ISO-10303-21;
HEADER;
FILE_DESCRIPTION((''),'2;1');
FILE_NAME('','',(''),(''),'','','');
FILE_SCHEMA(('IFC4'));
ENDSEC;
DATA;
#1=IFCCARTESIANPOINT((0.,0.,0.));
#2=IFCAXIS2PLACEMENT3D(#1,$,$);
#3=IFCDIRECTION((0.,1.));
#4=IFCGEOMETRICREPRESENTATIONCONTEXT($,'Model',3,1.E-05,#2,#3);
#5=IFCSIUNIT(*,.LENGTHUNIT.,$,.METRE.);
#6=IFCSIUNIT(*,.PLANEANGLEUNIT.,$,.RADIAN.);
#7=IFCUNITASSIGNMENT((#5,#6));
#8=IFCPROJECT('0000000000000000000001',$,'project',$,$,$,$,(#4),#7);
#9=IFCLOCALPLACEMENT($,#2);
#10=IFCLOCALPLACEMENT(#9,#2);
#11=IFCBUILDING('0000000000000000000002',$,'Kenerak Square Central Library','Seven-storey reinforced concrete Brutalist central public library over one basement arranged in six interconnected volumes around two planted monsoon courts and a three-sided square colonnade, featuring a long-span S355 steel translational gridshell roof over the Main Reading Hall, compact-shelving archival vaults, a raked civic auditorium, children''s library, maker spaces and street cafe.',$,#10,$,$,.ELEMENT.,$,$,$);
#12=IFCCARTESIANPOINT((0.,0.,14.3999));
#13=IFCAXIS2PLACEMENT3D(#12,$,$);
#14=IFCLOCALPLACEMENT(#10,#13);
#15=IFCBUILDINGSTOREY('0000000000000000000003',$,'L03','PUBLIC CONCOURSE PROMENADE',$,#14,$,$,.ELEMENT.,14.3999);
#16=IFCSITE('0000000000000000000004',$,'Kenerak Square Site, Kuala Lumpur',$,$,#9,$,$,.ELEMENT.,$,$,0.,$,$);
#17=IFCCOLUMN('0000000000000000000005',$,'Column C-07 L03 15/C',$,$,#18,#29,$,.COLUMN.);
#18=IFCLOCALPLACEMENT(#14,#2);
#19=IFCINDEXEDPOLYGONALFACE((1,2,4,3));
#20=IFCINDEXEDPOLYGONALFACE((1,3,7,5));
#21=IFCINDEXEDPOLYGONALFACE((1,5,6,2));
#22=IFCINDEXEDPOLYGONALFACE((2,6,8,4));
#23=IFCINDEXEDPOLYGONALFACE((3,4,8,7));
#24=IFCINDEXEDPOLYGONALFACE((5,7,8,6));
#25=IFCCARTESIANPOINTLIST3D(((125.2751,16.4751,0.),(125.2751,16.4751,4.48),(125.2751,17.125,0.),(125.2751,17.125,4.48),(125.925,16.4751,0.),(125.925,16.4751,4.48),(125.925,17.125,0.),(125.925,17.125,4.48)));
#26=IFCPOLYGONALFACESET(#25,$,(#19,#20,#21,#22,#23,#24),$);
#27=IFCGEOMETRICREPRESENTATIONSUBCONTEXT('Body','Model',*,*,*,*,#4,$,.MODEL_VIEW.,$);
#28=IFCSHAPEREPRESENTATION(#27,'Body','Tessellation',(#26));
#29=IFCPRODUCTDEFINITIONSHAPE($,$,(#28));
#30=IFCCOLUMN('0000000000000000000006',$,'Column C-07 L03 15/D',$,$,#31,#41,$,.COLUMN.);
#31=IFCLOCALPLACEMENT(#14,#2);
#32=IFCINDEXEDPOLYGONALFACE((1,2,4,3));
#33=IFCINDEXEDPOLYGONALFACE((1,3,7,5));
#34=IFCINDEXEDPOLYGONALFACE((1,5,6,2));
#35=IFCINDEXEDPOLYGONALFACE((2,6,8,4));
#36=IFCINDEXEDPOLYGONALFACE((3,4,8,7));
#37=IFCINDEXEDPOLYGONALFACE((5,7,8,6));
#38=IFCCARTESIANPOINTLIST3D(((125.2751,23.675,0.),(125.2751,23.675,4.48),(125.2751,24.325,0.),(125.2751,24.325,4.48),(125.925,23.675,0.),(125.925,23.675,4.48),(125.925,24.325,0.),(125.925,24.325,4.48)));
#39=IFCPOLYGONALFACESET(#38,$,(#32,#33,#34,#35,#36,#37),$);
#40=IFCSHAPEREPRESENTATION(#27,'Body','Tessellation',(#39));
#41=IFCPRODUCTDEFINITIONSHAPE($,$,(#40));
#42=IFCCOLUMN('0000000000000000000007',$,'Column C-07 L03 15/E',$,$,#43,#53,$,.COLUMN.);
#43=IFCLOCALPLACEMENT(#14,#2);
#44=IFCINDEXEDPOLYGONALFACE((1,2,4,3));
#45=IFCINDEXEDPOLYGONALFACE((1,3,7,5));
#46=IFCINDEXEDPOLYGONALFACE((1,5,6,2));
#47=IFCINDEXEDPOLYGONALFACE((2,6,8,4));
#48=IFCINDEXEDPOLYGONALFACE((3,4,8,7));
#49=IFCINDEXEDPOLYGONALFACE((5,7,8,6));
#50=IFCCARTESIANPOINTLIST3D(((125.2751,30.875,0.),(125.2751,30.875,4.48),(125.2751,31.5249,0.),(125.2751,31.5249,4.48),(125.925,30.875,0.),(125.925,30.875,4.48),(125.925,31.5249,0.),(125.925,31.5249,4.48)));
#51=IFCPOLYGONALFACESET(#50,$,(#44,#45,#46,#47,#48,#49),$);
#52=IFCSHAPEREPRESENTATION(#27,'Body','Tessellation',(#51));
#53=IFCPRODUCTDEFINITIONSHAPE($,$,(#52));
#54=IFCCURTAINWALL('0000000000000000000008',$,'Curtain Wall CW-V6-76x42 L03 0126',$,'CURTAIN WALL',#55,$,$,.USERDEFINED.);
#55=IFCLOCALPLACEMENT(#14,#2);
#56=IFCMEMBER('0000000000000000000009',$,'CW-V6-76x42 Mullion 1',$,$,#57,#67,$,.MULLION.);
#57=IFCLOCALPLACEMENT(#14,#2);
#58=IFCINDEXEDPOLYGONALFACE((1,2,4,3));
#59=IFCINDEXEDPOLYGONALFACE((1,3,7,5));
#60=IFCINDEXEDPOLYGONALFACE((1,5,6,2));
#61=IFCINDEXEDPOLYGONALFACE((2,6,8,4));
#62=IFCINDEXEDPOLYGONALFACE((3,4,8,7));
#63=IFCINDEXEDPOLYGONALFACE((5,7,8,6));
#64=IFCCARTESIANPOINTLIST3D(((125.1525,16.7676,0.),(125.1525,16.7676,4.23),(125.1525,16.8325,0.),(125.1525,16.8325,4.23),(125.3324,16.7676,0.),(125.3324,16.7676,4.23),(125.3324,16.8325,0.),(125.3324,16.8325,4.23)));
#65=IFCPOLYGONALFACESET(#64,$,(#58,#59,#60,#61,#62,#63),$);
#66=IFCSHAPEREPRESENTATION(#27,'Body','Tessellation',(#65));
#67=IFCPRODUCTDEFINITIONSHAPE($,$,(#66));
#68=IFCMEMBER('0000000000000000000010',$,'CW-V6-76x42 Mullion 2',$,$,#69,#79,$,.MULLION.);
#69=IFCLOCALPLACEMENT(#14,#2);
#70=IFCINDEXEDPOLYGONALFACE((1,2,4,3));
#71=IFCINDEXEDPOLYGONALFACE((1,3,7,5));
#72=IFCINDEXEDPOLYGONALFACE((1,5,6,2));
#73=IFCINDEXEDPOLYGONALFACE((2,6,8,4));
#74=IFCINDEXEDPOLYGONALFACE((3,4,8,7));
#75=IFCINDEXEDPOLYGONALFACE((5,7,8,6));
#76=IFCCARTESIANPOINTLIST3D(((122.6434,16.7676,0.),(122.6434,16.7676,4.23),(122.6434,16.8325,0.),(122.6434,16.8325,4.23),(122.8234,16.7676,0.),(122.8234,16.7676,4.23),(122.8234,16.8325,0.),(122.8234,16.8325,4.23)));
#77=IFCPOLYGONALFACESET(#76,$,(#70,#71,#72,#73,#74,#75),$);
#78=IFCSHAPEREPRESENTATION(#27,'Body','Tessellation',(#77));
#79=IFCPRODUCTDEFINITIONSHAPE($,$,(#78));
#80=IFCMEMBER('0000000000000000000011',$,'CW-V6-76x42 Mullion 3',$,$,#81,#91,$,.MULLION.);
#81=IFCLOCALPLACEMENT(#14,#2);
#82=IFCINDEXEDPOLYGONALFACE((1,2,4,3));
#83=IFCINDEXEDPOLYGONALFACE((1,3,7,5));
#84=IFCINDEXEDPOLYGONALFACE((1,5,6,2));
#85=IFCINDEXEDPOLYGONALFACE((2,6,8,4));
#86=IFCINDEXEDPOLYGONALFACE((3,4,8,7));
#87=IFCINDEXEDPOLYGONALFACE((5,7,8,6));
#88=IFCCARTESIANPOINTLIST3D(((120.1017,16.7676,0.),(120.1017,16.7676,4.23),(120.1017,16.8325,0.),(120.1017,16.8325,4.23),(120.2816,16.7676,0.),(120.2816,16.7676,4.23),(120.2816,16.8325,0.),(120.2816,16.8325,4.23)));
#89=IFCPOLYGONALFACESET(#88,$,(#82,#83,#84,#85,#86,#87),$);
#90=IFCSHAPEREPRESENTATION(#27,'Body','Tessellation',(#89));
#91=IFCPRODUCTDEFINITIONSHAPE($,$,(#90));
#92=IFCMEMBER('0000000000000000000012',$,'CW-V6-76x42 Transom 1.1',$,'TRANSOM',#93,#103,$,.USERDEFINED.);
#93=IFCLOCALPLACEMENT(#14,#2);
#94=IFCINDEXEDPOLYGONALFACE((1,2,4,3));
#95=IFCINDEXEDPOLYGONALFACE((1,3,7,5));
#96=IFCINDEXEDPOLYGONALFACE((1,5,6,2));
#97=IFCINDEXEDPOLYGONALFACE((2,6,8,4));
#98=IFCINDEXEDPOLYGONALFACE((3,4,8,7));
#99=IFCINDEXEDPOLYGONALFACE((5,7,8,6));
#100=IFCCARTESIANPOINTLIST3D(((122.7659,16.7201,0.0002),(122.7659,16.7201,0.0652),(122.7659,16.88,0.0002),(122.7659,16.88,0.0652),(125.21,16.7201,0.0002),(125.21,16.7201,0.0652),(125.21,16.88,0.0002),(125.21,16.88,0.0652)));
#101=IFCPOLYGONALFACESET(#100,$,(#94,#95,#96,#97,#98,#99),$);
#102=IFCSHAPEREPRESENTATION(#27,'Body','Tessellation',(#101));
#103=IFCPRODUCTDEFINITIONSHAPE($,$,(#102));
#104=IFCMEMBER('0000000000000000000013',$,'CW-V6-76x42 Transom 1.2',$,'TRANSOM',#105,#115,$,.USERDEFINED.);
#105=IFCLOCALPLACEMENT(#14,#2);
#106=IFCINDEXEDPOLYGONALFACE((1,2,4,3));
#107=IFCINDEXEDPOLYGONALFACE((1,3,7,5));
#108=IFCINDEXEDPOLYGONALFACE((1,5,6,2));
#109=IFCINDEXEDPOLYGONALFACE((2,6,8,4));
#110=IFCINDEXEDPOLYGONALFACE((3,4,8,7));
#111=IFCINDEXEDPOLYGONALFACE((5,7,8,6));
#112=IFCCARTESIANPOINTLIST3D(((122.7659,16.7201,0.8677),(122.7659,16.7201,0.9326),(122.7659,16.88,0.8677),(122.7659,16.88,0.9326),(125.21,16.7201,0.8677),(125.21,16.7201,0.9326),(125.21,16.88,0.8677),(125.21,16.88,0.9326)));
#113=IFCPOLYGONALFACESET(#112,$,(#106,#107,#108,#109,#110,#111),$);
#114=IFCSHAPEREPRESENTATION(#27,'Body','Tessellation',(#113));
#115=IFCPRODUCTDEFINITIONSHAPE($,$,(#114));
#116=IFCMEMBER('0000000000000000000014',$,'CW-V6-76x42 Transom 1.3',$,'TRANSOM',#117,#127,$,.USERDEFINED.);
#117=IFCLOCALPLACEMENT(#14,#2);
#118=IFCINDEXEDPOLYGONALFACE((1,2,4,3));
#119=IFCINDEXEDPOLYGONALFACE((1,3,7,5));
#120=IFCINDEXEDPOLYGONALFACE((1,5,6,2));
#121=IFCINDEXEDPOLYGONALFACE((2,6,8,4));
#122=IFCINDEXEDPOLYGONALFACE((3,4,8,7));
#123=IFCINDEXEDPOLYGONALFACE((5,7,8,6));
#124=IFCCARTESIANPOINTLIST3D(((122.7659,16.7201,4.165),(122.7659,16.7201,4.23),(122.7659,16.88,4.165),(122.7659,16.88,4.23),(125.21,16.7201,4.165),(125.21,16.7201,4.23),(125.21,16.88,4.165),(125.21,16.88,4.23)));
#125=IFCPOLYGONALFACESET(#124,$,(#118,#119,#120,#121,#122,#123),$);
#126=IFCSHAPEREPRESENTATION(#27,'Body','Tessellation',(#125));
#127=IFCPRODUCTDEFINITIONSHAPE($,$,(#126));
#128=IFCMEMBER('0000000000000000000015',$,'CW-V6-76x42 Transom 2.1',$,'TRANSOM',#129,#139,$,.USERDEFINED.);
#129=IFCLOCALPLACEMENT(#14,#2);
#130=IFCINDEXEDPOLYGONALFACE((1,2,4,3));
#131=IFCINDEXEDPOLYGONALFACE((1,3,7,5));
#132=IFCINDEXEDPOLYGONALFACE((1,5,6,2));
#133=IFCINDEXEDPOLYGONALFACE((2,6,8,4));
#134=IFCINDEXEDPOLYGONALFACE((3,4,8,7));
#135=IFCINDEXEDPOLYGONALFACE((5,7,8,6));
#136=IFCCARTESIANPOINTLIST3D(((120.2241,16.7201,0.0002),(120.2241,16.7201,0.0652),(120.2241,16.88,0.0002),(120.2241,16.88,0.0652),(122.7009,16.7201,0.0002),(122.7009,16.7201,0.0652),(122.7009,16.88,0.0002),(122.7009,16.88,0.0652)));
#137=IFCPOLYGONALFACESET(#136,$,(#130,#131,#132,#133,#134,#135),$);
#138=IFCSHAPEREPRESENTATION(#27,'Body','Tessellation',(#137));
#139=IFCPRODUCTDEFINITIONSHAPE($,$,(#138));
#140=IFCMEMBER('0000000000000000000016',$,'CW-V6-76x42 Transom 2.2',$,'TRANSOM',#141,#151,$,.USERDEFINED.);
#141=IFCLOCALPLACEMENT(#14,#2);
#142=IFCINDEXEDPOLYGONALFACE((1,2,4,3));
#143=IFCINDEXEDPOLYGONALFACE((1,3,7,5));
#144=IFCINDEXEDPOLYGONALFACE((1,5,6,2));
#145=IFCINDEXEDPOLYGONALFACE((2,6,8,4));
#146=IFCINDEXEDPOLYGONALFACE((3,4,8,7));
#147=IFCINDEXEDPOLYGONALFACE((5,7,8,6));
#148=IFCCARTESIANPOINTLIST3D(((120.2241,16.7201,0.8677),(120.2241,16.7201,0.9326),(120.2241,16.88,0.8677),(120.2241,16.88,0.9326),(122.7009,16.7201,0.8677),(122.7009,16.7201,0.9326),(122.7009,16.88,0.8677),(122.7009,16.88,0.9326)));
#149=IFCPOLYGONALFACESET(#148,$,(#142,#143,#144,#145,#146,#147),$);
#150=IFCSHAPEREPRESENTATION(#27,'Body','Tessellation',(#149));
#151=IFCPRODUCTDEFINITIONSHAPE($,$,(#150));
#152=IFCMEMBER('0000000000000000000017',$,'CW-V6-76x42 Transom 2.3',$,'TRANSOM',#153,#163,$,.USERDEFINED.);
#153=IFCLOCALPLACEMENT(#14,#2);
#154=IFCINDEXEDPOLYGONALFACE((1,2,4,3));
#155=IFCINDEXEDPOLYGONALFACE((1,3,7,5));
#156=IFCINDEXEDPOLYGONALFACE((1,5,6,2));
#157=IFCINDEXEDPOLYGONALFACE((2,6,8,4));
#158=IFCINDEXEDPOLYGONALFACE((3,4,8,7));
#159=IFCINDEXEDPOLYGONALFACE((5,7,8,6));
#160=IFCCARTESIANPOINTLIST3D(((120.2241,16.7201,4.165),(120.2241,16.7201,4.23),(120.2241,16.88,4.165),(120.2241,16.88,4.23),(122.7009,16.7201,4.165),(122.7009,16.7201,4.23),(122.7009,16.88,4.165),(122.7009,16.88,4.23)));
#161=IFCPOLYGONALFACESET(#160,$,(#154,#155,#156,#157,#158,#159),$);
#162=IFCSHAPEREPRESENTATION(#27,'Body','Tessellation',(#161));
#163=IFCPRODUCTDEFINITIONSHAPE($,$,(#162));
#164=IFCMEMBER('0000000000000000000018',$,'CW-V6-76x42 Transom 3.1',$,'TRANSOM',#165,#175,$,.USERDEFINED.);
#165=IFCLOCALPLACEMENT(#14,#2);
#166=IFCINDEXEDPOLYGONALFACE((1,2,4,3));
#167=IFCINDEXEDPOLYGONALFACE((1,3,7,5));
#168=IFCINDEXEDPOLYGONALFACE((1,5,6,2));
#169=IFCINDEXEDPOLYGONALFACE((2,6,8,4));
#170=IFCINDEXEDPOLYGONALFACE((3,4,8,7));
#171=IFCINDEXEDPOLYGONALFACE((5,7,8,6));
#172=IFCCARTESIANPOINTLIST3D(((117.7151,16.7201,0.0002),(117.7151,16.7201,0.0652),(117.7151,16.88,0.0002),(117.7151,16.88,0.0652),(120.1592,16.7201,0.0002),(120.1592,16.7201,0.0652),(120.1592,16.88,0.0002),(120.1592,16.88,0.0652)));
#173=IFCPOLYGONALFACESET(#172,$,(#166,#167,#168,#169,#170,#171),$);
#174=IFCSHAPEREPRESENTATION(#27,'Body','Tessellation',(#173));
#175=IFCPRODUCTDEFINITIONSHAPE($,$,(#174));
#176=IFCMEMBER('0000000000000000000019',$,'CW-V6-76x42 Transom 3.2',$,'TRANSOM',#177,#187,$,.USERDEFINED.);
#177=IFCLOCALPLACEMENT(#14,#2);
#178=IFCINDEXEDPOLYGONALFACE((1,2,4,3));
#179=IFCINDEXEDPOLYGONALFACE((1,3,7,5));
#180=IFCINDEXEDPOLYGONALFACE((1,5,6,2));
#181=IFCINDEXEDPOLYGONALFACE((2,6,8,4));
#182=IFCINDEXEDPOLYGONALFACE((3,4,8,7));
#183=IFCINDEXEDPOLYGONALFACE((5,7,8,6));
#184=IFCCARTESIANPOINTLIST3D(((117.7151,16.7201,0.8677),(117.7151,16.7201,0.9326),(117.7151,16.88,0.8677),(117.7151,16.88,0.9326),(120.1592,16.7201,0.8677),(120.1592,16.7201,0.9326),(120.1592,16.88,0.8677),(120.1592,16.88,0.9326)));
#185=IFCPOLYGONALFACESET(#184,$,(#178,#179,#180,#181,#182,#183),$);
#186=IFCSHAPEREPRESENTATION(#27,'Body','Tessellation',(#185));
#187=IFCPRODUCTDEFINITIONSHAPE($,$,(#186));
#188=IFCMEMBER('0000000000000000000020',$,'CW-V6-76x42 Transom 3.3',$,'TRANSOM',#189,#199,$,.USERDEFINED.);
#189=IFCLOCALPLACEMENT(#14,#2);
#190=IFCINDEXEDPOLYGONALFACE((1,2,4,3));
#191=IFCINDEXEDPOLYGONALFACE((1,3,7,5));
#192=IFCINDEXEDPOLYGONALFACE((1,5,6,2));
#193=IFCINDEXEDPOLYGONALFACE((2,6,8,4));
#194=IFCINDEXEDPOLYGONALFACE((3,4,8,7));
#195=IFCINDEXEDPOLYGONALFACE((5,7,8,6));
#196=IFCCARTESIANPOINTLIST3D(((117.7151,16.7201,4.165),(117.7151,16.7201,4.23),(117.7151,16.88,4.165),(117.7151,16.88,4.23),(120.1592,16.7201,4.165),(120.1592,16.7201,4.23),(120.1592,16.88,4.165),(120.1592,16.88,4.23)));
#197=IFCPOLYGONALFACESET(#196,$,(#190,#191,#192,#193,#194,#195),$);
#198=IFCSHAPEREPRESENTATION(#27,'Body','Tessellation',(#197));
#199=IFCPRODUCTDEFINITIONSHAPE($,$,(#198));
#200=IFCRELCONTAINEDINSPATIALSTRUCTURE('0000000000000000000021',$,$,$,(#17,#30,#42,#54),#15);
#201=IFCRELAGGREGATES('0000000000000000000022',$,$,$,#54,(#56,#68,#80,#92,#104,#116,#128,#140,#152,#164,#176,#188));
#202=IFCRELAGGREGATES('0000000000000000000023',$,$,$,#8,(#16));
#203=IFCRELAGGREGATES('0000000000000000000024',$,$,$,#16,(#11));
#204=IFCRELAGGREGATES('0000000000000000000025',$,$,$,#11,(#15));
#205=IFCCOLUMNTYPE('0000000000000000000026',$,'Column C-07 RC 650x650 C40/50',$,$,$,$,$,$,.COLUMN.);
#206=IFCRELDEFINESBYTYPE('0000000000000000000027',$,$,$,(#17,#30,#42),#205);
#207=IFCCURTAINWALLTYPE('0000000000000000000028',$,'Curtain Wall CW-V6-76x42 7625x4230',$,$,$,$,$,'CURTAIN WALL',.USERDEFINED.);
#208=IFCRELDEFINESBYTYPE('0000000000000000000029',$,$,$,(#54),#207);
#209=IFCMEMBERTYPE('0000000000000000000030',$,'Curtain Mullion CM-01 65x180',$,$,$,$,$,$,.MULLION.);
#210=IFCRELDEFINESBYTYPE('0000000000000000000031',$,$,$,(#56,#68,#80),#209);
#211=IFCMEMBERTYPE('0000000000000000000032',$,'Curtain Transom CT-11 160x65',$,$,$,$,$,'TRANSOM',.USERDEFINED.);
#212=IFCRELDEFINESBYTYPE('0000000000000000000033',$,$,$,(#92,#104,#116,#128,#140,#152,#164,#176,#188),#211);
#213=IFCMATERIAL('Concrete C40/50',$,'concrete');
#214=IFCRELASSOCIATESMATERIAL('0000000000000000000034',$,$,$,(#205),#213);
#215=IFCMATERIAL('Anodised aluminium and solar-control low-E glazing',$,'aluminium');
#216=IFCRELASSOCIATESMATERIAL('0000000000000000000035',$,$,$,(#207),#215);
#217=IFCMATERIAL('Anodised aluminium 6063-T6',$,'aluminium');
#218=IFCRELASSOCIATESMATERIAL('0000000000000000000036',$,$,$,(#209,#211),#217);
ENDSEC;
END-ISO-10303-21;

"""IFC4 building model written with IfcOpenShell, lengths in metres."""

from ifc_helpers import new_model, si_unit, direction, frame, origin, origin_2d, place, context, subcontext, project, spatial, rectangle, extrude, material, material_profile, profile_set, type_object, element, aggregate, save


model = new_model("IFC4")

# Units and contexts
model_context = context("Model", 3, precision=1e-05, world=origin(), true_north=direction((0.0, 1.0)))
body_context = subcontext(model_context, "Body", "Model", "MODEL_VIEW")
ifc_project = project(units=[si_unit("LENGTHUNIT", "METRE"), si_unit("PLANEANGLEUNIT", "RADIAN")], contexts=[model_context])

# Site, building, storey
site_placement = place(None, origin())
site = spatial("IfcSite", under=ifc_project, at=site_placement, Name="Kenerak Square Site, Kuala Lumpur", CompositionType="ELEMENT", RefElevation=0.0)
building_placement = place(site_placement, origin())
building = spatial("IfcBuilding", under=site, at=building_placement, Name="Kenerak Square Central Library", Description="Seven-storey reinforced concrete Brutalist central public library over one basement arranged in six interconnected volumes around two planted monsoon courts and a three-sided square colonnade, featuring a long-span S355 steel translational gridshell roof over the Main Reading Hall, compact-shelving archival vaults, a raked civic auditorium, children's library, maker spaces and street cafe.", CompositionType="ELEMENT")
storey_placement = place(building_placement, frame((0.0, 0.0, 14.3999)))
storey = spatial("IfcBuildingStorey", under=building, at=storey_placement, Name="L03", Description="PUBLIC CONCOURSE PROMENADE", CompositionType="ELEMENT", Elevation=14.3999)

# Columns
ifc_material_1 = material(Name="Concrete C40/50", Category="concrete")
ifc_material_profile_1 = material_profile(ifc_material_1, rectangle(XDim=0.6499, YDim=0.6499, at=origin_2d()), Name="RC 650x650")
ifc_profile_set_1 = profile_set([ifc_material_profile_1], Name="Concrete C40/50")
column_type = type_object("IfcColumnType", Name="Column C-07 RC 650x650 C40/50", PredefinedType="COLUMN", material=ifc_profile_set_1)
for number, where, z_axis, x_axis, name in (
    (1, (125.6001, 16.8, 0.0), (0.0, 0.0, 1.0), (1.0, 0.0, 0.0), "Column C-07 L03 15/C"),
    (2, (125.6001, 24.0, 0.0), (0.0, 0.0, 1.0), (1.0, 0.0, 0.0), "Column C-07 L03 15/D"),
    (3, (125.6001, 31.2, 0.0), (0.0, 0.0, 1.0), (1.0, 0.0, 0.0), "Column C-07 L03 15/E"),
):
    element("IfcColumn", number, at=place(storey_placement, frame(where, z_axis=z_axis, x_axis=x_axis)), inside=storey, type_object=column_type, Name=name, PredefinedType="COLUMN", context=body_context, shape_type="SweptSolid", body=[
        extrude(rectangle(XDim=0.6499, YDim=0.6499, at=origin_2d()), origin(), (0.0, 0.0, 1.0), 4.48),
    ])

# Curtain wall, members
ifc_material_2 = material(Name="Anodised aluminium and solar-control low-E glazing", Category="aluminium")
curtain_wall_type = type_object("IfcCurtainWallType", Name="Curtain Wall CW-V6-76x42 7625x4230", ElementType="CURTAIN WALL", PredefinedType="USERDEFINED", material=ifc_material_2)
curtain_wall_placement = place(storey_placement, origin())
curtain_wall = element("IfcCurtainWall", 4, at=curtain_wall_placement, inside=storey, type_object=curtain_wall_type, Name="Curtain Wall CW-V6-76x42 L03 0126", ObjectType="CURTAIN WALL", PredefinedType="USERDEFINED")
ifc_material_3 = material(Name="Anodised aluminium 6063-T6", Category="aluminium")
ifc_material_profile_2 = material_profile(ifc_material_3, rectangle(XDim=0.0649, YDim=0.1799, at=origin_2d()), Name="AL MULLION 65x180")
ifc_profile_set_2 = profile_set([ifc_material_profile_2], Name="Anodised aluminium 6063-T6")
member_type_1 = type_object("IfcMemberType", Name="Curtain Mullion CM-01 65x180", PredefinedType="MULLION", material=ifc_profile_set_2)
member_1_placement = place(storey_placement, frame((125.2424, 16.8, 0.0), z_axis=(0.0, 0.0, 1.0), x_axis=(0.0, -1.0, 0.0)))
member_1 = element("IfcMember", 5, at=member_1_placement, type_object=member_type_1, Name="CW-V6-76x42 Mullion 1", PredefinedType="MULLION", context=body_context, shape_type="SweptSolid", body=[
    extrude(rectangle(XDim=0.0649, YDim=0.1799, at=origin_2d()), origin(), (0.0, 0.0, 1.0), 4.23),
])
member_2_placement = place(storey_placement, frame((122.7334, 16.8, 0.0), z_axis=(0.0, 0.0, 1.0), x_axis=(0.0, -1.0, 0.0)))
member_2 = element("IfcMember", 6, at=member_2_placement, type_object=member_type_1, Name="CW-V6-76x42 Mullion 2", PredefinedType="MULLION", context=body_context, shape_type="SweptSolid", body=[
    extrude(rectangle(XDim=0.0649, YDim=0.1799, at=origin_2d()), origin(), (0.0, 0.0, 1.0), 4.23),
])
member_3_placement = place(storey_placement, frame((120.1917, 16.8, 0.0), z_axis=(0.0, 0.0, 1.0), x_axis=(0.0, -1.0, 0.0)))
member_3 = element("IfcMember", 7, at=member_3_placement, type_object=member_type_1, Name="CW-V6-76x42 Mullion 3", PredefinedType="MULLION", context=body_context, shape_type="SweptSolid", body=[
    extrude(rectangle(XDim=0.0649, YDim=0.1799, at=origin_2d()), origin(), (0.0, 0.0, 1.0), 4.23),
])
ifc_material_profile_3 = material_profile(ifc_material_3, rectangle(XDim=0.1599, YDim=0.0649, at=origin_2d()), Name="AL TRANSOM 160x65")
ifc_profile_set_3 = profile_set([ifc_material_profile_3], Name="Anodised aluminium 6063-T6")
member_type_2 = type_object("IfcMemberType", Name="Curtain Transom CT-11 160x65", ElementType="TRANSOM", PredefinedType="USERDEFINED", material=ifc_profile_set_3)
member_4_placement = place(storey_placement, frame((125.21, 16.8, 0.0327), z_axis=(-1.0, 0.0, 0.0), x_axis=(0.0, -1.0, 0.0)))
member_4 = element("IfcMember", 8, at=member_4_placement, type_object=member_type_2, Name="CW-V6-76x42 Transom 1.1", ObjectType="TRANSOM", PredefinedType="USERDEFINED", context=body_context, shape_type="SweptSolid", body=[
    extrude(rectangle(XDim=0.1599, YDim=0.0649, at=origin_2d()), origin(), (0.0, 0.0, 1.0), 2.4441),
])
member_5_placement = place(storey_placement, frame((125.21, 16.8, 0.9001), z_axis=(-1.0, 0.0, 0.0), x_axis=(0.0, -1.0, 0.0)))
member_5 = element("IfcMember", 9, at=member_5_placement, type_object=member_type_2, Name="CW-V6-76x42 Transom 1.2", ObjectType="TRANSOM", PredefinedType="USERDEFINED", context=body_context, shape_type="SweptSolid", body=[
    extrude(rectangle(XDim=0.1599, YDim=0.0649, at=origin_2d()), origin(), (0.0, 0.0, 1.0), 2.4441),
])
member_6_placement = place(storey_placement, frame((125.21, 16.8, 4.1975), z_axis=(-1.0, 0.0, 0.0), x_axis=(0.0, -1.0, 0.0)))
member_6 = element("IfcMember", 10, at=member_6_placement, type_object=member_type_2, Name="CW-V6-76x42 Transom 1.3", ObjectType="TRANSOM", PredefinedType="USERDEFINED", context=body_context, shape_type="SweptSolid", body=[
    extrude(rectangle(XDim=0.1599, YDim=0.0649, at=origin_2d()), origin(), (0.0, 0.0, 1.0), 2.4441),
])
member_7_placement = place(storey_placement, frame((122.7009, 16.8, 0.0327), z_axis=(-1.0, 0.0, 0.0), x_axis=(0.0, -1.0, 0.0)))
member_7 = element("IfcMember", 11, at=member_7_placement, type_object=member_type_2, Name="CW-V6-76x42 Transom 2.1", ObjectType="TRANSOM", PredefinedType="USERDEFINED", context=body_context, shape_type="SweptSolid", body=[
    extrude(rectangle(XDim=0.1599, YDim=0.0649, at=origin_2d()), origin(), (0.0, 0.0, 1.0), 2.4768),
])
member_8_placement = place(storey_placement, frame((122.7009, 16.8, 0.9001), z_axis=(-1.0, 0.0, 0.0), x_axis=(0.0, -1.0, 0.0)))
member_8 = element("IfcMember", 12, at=member_8_placement, type_object=member_type_2, Name="CW-V6-76x42 Transom 2.2", ObjectType="TRANSOM", PredefinedType="USERDEFINED", context=body_context, shape_type="SweptSolid", body=[
    extrude(rectangle(XDim=0.1599, YDim=0.0649, at=origin_2d()), origin(), (0.0, 0.0, 1.0), 2.4768),
])
member_9_placement = place(storey_placement, frame((122.7009, 16.8, 4.1975), z_axis=(-1.0, 0.0, 0.0), x_axis=(0.0, -1.0, 0.0)))
member_9 = element("IfcMember", 13, at=member_9_placement, type_object=member_type_2, Name="CW-V6-76x42 Transom 2.3", ObjectType="TRANSOM", PredefinedType="USERDEFINED", context=body_context, shape_type="SweptSolid", body=[
    extrude(rectangle(XDim=0.1599, YDim=0.0649, at=origin_2d()), origin(), (0.0, 0.0, 1.0), 2.4768),
])
member_10_placement = place(storey_placement, frame((120.1592, 16.8, 0.0327), z_axis=(-1.0, 0.0, 0.0), x_axis=(0.0, -1.0, 0.0)))
member_10 = element("IfcMember", 14, at=member_10_placement, type_object=member_type_2, Name="CW-V6-76x42 Transom 3.1", ObjectType="TRANSOM", PredefinedType="USERDEFINED", context=body_context, shape_type="SweptSolid", body=[
    extrude(rectangle(XDim=0.1599, YDim=0.0649, at=origin_2d()), origin(), (0.0, 0.0, 1.0), 2.4441),
])
member_11_placement = place(storey_placement, frame((120.1592, 16.8, 0.9001), z_axis=(-1.0, 0.0, 0.0), x_axis=(0.0, -1.0, 0.0)))
member_11 = element("IfcMember", 15, at=member_11_placement, type_object=member_type_2, Name="CW-V6-76x42 Transom 3.2", ObjectType="TRANSOM", PredefinedType="USERDEFINED", context=body_context, shape_type="SweptSolid", body=[
    extrude(rectangle(XDim=0.1599, YDim=0.0649, at=origin_2d()), origin(), (0.0, 0.0, 1.0), 2.4441),
])
member_12_placement = place(storey_placement, frame((120.1592, 16.8, 4.1975), z_axis=(-1.0, 0.0, 0.0), x_axis=(0.0, -1.0, 0.0)))
member_12 = element("IfcMember", 16, at=member_12_placement, type_object=member_type_2, Name="CW-V6-76x42 Transom 3.3", ObjectType="TRANSOM", PredefinedType="USERDEFINED", context=body_context, shape_type="SweptSolid", body=[
    extrude(rectangle(XDim=0.1599, YDim=0.0649, at=origin_2d()), origin(), (0.0, 0.0, 1.0), 2.4441),
])
aggregate(curtain_wall, [member_1, member_2, member_3, member_4, member_5, member_6, member_7, member_8, member_9, member_10, member_11, member_12])

save(model, "model.ifc")
